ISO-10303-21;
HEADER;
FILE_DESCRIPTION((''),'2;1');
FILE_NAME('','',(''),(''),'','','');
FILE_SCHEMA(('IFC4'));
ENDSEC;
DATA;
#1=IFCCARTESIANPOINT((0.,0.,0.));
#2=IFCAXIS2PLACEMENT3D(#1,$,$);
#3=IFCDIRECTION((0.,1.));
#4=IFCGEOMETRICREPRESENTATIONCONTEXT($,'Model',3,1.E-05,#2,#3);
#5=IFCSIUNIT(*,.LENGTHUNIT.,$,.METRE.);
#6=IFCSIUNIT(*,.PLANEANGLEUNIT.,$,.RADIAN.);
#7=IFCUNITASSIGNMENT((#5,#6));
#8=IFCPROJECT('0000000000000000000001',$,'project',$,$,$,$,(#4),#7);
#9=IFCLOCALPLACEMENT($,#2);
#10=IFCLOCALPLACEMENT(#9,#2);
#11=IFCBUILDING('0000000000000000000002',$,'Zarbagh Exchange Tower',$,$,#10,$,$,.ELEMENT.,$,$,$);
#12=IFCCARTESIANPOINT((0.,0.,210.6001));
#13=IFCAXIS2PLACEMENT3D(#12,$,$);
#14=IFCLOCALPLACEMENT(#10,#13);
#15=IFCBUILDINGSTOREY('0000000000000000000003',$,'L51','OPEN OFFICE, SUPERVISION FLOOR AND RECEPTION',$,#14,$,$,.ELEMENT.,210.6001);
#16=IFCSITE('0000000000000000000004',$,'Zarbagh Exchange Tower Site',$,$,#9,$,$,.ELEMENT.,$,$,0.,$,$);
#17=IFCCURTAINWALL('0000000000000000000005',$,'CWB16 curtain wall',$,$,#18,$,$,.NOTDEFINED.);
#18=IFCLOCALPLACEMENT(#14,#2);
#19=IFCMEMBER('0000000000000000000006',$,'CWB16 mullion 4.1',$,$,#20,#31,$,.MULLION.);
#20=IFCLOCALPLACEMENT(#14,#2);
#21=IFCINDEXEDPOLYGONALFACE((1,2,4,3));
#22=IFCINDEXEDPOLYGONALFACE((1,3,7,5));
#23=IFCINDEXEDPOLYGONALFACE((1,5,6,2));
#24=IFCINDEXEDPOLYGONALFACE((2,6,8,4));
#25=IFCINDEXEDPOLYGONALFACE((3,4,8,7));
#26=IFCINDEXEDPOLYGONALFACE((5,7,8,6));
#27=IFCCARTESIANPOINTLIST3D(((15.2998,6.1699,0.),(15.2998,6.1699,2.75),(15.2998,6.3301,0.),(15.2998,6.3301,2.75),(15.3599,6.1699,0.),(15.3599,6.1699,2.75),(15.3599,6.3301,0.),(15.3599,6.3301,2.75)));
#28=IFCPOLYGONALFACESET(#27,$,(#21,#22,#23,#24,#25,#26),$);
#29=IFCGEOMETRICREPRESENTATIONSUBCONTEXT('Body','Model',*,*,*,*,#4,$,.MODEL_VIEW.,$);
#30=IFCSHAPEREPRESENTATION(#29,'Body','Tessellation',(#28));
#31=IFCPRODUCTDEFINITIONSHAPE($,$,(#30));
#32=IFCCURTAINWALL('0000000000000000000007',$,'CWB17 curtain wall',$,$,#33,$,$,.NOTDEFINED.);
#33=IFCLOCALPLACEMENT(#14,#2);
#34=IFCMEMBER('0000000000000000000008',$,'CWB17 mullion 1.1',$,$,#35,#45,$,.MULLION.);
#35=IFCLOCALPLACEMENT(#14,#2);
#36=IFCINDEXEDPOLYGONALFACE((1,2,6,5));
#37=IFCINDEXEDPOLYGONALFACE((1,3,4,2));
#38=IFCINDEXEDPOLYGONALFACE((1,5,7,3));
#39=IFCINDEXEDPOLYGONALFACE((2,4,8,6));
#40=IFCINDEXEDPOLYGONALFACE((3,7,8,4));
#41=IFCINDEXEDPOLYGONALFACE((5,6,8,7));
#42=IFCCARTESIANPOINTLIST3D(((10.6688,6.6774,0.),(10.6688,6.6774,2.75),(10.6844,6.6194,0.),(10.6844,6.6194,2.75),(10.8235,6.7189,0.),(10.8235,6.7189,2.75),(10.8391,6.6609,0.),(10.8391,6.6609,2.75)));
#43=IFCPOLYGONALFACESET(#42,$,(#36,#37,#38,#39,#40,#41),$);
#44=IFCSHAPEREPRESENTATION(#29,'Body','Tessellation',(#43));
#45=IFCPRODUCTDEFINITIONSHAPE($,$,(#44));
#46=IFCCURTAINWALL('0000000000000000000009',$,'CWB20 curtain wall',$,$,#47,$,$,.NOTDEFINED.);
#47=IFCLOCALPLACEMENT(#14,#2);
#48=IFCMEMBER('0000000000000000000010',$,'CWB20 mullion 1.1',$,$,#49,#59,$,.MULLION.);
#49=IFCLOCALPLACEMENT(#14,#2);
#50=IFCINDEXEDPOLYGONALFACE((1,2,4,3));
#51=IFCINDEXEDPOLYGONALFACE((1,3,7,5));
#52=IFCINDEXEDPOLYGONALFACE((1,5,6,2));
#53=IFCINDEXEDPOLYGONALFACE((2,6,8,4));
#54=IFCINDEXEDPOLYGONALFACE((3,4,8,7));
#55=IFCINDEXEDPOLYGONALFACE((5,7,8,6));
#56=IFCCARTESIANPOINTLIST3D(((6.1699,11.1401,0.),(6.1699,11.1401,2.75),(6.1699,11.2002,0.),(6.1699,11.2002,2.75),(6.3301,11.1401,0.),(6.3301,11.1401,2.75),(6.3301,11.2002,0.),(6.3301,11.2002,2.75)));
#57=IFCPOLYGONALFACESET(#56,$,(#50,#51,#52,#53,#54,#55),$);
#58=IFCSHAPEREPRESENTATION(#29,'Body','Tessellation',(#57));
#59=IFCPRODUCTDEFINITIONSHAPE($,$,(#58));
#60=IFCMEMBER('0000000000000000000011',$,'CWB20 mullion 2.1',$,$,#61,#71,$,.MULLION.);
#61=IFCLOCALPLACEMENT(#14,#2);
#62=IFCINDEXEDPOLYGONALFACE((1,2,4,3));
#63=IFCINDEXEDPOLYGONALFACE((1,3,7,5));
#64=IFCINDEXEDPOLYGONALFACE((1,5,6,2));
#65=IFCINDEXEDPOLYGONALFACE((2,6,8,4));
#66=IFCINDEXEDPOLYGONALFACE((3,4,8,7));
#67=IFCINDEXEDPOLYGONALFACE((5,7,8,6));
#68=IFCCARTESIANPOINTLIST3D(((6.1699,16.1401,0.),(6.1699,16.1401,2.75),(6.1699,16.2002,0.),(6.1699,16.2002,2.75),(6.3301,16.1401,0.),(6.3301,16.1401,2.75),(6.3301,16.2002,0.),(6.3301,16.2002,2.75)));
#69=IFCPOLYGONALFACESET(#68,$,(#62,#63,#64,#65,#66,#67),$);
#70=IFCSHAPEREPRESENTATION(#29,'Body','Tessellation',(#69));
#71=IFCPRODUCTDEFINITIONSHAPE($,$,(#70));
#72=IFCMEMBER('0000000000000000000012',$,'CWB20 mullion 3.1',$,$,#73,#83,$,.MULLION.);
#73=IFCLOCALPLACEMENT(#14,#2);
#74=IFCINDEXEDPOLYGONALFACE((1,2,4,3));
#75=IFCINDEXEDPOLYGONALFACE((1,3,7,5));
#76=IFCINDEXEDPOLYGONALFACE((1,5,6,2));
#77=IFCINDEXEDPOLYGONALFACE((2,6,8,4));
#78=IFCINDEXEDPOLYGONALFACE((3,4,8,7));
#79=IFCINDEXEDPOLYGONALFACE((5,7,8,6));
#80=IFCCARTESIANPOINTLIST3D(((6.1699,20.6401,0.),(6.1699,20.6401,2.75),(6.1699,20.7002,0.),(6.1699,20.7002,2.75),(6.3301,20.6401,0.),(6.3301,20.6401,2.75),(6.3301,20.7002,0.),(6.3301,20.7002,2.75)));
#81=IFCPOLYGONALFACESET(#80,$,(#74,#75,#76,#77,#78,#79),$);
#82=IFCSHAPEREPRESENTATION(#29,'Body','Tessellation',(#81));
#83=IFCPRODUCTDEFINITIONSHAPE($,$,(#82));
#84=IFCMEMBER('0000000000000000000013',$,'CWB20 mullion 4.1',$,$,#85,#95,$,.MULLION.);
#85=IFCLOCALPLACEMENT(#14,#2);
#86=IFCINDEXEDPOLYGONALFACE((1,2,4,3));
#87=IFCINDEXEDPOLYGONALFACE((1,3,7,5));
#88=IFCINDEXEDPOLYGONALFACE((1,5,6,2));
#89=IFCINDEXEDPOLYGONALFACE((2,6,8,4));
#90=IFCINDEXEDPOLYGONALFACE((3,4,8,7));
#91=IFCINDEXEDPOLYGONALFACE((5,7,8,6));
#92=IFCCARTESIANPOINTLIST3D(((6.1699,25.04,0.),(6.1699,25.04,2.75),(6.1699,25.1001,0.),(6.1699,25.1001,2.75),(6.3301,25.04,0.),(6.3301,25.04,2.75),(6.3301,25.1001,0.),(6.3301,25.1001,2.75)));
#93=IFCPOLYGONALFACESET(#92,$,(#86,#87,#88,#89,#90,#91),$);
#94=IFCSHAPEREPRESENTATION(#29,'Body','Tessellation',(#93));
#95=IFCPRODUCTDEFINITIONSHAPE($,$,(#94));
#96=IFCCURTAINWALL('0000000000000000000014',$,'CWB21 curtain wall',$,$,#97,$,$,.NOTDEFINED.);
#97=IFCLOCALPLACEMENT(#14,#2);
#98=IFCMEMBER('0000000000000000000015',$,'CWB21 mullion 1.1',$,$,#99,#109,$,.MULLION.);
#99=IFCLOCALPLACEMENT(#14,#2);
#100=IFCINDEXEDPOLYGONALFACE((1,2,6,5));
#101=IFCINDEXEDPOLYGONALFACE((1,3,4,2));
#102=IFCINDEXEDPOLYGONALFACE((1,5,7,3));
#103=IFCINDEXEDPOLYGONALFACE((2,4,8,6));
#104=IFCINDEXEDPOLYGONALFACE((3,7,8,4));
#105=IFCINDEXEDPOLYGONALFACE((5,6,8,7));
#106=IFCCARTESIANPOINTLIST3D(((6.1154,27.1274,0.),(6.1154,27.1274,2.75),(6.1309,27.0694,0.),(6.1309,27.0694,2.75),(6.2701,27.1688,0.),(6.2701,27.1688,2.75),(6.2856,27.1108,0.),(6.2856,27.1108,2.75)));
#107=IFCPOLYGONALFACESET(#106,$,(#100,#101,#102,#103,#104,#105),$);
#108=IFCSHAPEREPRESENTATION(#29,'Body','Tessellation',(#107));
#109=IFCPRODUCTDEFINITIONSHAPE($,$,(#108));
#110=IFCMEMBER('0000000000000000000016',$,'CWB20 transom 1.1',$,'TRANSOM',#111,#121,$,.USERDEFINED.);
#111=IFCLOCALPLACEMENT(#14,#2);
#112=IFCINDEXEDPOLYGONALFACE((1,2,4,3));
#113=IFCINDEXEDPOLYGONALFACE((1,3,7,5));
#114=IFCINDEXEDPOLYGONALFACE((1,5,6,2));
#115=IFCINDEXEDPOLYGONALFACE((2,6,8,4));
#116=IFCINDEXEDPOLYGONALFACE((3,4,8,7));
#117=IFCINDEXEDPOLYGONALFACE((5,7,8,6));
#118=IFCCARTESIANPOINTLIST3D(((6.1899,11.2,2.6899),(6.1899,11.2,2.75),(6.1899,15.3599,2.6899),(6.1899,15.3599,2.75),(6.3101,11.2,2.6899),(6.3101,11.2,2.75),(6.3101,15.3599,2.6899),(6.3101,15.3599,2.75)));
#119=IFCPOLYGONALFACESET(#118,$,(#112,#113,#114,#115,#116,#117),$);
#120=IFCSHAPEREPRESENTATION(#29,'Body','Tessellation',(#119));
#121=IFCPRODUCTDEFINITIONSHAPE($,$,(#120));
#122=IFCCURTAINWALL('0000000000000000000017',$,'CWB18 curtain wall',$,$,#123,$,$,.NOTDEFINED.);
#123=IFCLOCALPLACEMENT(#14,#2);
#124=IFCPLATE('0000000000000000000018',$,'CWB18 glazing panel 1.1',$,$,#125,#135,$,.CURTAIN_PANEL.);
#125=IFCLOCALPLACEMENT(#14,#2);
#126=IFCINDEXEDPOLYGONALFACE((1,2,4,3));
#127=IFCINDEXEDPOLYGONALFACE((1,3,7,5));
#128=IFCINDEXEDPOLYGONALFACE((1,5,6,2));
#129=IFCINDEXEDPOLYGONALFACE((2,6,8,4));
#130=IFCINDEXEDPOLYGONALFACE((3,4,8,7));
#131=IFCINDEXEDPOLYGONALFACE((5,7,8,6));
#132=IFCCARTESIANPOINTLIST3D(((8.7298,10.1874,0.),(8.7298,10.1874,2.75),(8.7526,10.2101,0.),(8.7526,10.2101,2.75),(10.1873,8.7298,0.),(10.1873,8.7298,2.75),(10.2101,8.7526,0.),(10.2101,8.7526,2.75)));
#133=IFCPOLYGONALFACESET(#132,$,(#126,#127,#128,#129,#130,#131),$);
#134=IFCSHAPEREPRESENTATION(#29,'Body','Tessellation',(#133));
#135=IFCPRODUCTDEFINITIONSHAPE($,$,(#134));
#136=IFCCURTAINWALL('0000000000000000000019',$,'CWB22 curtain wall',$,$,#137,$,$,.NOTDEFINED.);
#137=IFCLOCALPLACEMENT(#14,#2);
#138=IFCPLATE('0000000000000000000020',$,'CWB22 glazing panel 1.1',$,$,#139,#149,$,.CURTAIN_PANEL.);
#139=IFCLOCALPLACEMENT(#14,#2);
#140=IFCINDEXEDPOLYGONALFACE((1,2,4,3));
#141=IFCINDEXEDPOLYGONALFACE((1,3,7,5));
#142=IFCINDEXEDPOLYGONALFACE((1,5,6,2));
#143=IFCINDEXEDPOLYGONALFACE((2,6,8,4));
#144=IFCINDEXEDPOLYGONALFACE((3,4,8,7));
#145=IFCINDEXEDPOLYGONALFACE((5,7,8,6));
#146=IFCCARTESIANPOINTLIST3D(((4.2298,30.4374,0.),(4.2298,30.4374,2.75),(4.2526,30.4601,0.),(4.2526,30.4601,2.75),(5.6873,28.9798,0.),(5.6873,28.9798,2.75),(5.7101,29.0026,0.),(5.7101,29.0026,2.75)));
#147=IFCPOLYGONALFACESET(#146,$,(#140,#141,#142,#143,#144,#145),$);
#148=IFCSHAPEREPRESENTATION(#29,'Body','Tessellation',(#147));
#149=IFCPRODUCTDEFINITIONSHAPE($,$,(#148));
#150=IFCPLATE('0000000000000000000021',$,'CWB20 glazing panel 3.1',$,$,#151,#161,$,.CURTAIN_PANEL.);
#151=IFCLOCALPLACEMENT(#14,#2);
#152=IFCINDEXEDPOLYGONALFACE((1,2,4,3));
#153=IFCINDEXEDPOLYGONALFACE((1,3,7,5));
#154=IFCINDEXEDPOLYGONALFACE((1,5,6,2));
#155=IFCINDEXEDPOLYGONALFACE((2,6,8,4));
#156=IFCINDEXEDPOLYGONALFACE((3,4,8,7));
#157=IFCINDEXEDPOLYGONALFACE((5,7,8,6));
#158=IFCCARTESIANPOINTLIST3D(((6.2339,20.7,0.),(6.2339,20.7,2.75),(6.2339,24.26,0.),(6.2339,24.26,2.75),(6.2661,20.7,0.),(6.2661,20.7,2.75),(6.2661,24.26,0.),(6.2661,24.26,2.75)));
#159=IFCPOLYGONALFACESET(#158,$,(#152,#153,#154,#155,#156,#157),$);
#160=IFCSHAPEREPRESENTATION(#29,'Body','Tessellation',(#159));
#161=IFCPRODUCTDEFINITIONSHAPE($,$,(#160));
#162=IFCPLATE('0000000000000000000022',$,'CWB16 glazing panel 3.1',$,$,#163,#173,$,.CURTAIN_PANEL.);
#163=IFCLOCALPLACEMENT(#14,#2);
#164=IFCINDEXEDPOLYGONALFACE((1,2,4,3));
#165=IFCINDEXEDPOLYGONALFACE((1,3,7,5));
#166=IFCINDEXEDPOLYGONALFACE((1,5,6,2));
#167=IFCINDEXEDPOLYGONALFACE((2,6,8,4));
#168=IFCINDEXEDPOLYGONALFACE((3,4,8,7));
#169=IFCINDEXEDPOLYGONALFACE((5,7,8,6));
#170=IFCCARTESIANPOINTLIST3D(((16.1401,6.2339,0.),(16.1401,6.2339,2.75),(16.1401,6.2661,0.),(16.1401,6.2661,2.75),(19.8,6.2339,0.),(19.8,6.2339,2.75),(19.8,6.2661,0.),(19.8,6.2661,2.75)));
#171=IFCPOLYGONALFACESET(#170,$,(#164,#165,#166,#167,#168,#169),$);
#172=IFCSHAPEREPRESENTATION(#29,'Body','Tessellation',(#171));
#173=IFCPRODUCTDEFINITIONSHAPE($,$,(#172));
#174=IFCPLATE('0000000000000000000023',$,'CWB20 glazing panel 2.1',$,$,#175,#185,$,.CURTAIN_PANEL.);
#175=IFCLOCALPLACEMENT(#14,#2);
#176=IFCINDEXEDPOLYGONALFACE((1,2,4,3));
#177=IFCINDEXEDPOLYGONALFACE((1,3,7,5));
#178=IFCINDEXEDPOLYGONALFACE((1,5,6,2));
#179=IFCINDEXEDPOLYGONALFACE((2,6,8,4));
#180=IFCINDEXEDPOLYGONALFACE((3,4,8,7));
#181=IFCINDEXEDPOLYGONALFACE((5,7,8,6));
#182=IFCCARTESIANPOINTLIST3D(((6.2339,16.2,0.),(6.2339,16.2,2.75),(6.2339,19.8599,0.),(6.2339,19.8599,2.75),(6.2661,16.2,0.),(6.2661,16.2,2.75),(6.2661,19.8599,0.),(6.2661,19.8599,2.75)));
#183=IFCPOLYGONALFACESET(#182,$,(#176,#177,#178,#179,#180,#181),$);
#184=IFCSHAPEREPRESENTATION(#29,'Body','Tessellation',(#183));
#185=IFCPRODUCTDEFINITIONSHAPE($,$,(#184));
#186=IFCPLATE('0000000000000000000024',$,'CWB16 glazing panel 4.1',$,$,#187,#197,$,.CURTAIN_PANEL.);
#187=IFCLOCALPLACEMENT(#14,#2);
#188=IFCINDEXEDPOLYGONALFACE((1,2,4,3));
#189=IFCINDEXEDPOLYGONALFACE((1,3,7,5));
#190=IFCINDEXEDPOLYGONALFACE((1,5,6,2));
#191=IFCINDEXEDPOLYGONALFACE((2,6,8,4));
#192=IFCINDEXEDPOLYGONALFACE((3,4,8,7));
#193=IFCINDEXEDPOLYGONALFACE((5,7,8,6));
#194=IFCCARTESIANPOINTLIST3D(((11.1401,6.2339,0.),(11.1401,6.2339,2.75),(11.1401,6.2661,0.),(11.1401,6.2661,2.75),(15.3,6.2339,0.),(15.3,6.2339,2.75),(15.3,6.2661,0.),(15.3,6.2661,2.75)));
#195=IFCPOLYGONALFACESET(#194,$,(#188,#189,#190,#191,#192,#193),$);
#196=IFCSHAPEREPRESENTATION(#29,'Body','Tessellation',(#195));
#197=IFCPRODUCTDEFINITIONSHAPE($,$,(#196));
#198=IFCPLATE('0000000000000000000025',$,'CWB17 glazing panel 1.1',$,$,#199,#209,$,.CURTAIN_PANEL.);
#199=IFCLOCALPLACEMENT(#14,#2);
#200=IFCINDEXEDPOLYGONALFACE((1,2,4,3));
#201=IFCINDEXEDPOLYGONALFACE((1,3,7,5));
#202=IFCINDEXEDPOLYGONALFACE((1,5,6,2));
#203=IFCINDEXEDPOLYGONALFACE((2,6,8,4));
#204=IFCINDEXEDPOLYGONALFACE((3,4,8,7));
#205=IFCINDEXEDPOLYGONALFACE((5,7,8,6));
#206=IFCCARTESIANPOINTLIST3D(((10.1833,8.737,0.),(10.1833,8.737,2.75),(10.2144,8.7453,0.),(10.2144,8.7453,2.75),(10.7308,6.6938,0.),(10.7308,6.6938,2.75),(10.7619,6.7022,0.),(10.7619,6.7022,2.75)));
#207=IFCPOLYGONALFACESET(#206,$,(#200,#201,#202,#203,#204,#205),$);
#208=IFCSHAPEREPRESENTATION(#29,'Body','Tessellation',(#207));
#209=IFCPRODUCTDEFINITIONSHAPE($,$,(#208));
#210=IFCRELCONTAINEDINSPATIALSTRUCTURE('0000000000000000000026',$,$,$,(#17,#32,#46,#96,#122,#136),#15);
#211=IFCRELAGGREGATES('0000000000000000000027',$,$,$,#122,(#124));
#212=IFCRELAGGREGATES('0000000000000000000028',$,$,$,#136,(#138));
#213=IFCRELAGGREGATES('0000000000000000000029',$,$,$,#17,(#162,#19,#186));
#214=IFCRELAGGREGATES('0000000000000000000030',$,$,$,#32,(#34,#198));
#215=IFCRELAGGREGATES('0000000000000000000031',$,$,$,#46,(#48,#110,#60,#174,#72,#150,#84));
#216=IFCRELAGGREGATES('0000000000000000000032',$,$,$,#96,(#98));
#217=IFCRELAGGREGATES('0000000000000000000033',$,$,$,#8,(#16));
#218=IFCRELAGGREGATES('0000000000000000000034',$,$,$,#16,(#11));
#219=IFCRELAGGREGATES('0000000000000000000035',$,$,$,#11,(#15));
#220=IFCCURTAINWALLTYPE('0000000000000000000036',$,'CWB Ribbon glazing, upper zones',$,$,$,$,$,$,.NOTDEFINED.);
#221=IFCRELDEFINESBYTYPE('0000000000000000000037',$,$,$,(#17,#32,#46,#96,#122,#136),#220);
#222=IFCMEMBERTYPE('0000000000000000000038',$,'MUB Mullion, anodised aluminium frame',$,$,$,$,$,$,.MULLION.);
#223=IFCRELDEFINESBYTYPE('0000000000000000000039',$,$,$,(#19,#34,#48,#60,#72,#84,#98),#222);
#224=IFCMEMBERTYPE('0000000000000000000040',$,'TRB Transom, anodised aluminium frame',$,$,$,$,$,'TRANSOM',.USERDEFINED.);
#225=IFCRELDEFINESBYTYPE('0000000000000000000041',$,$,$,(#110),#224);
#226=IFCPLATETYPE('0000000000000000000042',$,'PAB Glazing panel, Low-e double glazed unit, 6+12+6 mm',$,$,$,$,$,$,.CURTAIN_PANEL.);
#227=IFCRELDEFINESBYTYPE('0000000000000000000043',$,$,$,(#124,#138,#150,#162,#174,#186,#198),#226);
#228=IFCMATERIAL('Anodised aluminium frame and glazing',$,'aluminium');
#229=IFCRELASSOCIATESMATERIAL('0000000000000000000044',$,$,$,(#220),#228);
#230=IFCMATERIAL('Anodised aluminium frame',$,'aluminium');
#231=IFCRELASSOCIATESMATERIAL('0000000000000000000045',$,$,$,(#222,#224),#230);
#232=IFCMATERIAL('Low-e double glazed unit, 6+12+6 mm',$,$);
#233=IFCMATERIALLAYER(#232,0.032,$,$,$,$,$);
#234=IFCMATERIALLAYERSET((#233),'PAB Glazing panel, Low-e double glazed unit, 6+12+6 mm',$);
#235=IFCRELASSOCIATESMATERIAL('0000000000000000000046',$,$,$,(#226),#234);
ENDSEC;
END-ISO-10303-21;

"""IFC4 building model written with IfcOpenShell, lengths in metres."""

from ifc_helpers import new_model, si_unit, direction, frame, origin, place, context, subcontext, project, spatial, polyline, outline, extrude, source, transform, mapped, material, layer, layer_set, type_object, element, aggregate, save


model = new_model("IFC4")

# Units and contexts
model_context = context("Model", 3, precision=1e-05, world=origin(), true_north=direction((0.0, 1.0)))
body_context = subcontext(model_context, "Body", "Model", "MODEL_VIEW")
ifc_project = project(units=[si_unit("LENGTHUNIT", "METRE"), si_unit("PLANEANGLEUNIT", "RADIAN")], contexts=[model_context])

# Site, building, storey
site_placement = place(None, origin())
site = spatial("IfcSite", under=ifc_project, at=site_placement, Name="Zarbagh Exchange Tower Site", CompositionType="ELEMENT", RefElevation=0.0)
building_placement = place(site_placement, origin())
building = spatial("IfcBuilding", under=site, at=building_placement, Name="Zarbagh Exchange Tower", CompositionType="ELEMENT")
storey_placement = place(building_placement, frame((0.0, 0.0, 210.6001)))
storey = spatial("IfcBuildingStorey", under=building, at=storey_placement, Name="L51", Description="OPEN OFFICE, SUPERVISION FLOOR AND RECEPTION", CompositionType="ELEMENT", Elevation=210.6001)

# Curtain walls, members
ifc_material_1 = material(Name="Anodised aluminium frame and glazing", Category="aluminium")
curtain_wall_type = type_object("IfcCurtainWallType", Name="CWB Ribbon glazing, upper zones", PredefinedType="NOTDEFINED", material=ifc_material_1)
curtain_wall_1_placement = place(storey_placement, origin())
curtain_wall_1 = element("IfcCurtainWall", 1, at=curtain_wall_1_placement, inside=storey, type_object=curtain_wall_type, Name="CWB16 curtain wall", PredefinedType="NOTDEFINED")
ifc_material_2 = material(Name="Anodised aluminium frame", Category="aluminium")
member_type_1 = type_object("IfcMemberType", Name="MUB Mullion, anodised aluminium frame", PredefinedType="MULLION", material=ifc_material_2)
shared_shape_1 = source(origin(), body_context, "Body", "SweptSolid", [
    extrude(outline(polyline([(0.0, -0.0801), (0.0601, -0.0801), (0.0601, 0.0801), (0.0, 0.0801), (0.0, -0.0801)])), origin(), (0.0, 0.0, 1.0), 2.75),
])
placement = place(storey_placement, origin())
member_1 = element("IfcMember", 2, at=placement, type_object=member_type_1, Name="CWB16 mullion 4.1", PredefinedType="MULLION", context=body_context, shape_type="MappedRepresentation", body=[
    mapped(shared_shape_1, transform((15.3599, 6.25, 0.0), x_axis=(-1.0, 0.0, 0.0), y_axis=(0.0, -1.0, 0.0), z_axis=(0.0, 0.0, 1.0))),
])
curtain_wall_2_placement = place(storey_placement, origin())
curtain_wall_2 = element("IfcCurtainWall", 3, at=curtain_wall_2_placement, inside=storey, type_object=curtain_wall_type, Name="CWB17 curtain wall", PredefinedType="NOTDEFINED")
member_2 = element("IfcMember", 4, at=placement, type_object=member_type_1, Name="CWB17 mullion 1.1", PredefinedType="MULLION", context=body_context, shape_type="MappedRepresentation", body=[
    mapped(shared_shape_1, transform((10.7617, 6.6401, 0.0), x_axis=(-0.258825, 0.965924, 0.0), y_axis=(-0.965924, -0.258825, 0.0), z_axis=(0.0, 0.0, 1.0))),
])

# Curtain wall, members
curtain_wall_3_placement = place(storey_placement, origin())
curtain_wall_3 = element("IfcCurtainWall", 5, at=curtain_wall_3_placement, inside=storey, type_object=curtain_wall_type, Name="CWB20 curtain wall", PredefinedType="NOTDEFINED")
member_3 = element("IfcMember", 6, at=placement, type_object=member_type_1, Name="CWB20 mullion 1.1", PredefinedType="MULLION", context=body_context, shape_type="MappedRepresentation", body=[
    mapped(shared_shape_1, transform((6.25, 11.1401, 0.0), x_axis=(0.0, 1.0, 0.0), y_axis=(-1.0, 0.0, 0.0), z_axis=(0.0, 0.0, 1.0))),
])
member_4 = element("IfcMember", 7, at=placement, type_object=member_type_1, Name="CWB20 mullion 2.1", PredefinedType="MULLION", context=body_context, shape_type="MappedRepresentation", body=[
    mapped(shared_shape_1, transform((6.25, 16.1401, 0.0), x_axis=(0.0, 1.0, 0.0), y_axis=(-1.0, 0.0, 0.0), z_axis=(0.0, 0.0, 1.0))),
])
member_5 = element("IfcMember", 8, at=placement, type_object=member_type_1, Name="CWB20 mullion 3.1", PredefinedType="MULLION", context=body_context, shape_type="MappedRepresentation", body=[
    mapped(shared_shape_1, transform((6.25, 20.6401, 0.0), x_axis=(0.0, 1.0, 0.0), y_axis=(-1.0, 0.0, 0.0), z_axis=(0.0, 0.0, 1.0))),
])
member_6 = element("IfcMember", 9, at=placement, type_object=member_type_1, Name="CWB20 mullion 4.1", PredefinedType="MULLION", context=body_context, shape_type="MappedRepresentation", body=[
    mapped(shared_shape_1, transform((6.25, 25.04, 0.0), x_axis=(0.0, 1.0, 0.0), y_axis=(-1.0, 0.0, 0.0), z_axis=(0.0, 0.0, 1.0))),
])

# Curtain wall, member
curtain_wall_4_placement = place(storey_placement, origin())
curtain_wall_4 = element("IfcCurtainWall", 10, at=curtain_wall_4_placement, inside=storey, type_object=curtain_wall_type, Name="CWB21 curtain wall", PredefinedType="NOTDEFINED")
member_7 = element("IfcMember", 11, at=placement, type_object=member_type_1, Name="CWB21 mullion 1.1", PredefinedType="MULLION", context=body_context, shape_type="MappedRepresentation", body=[
    mapped(shared_shape_1, transform((6.2083, 27.0901, 0.0), x_axis=(-0.258825, 0.965924, 0.0), y_axis=(-0.965924, -0.258825, 0.0), z_axis=(0.0, 0.0, 1.0))),
])

# Member
member_type_2 = type_object("IfcMemberType", Name="TRB Transom, anodised aluminium frame", ElementType="TRANSOM", PredefinedType="USERDEFINED", material=ifc_material_2)
shared_shape_2 = source(origin(), body_context, "Body", "SweptSolid", [
    extrude(outline(polyline([(-0.0601, -0.0601), (0.0, -0.0601), (0.0, 0.0601), (-0.0601, 0.0601), (-0.0601, -0.0601)])), origin(), (0.0, 0.0, 1.0), 4.1599),
])
member_8 = element("IfcMember", 12, at=placement, type_object=member_type_2, Name="CWB20 transom 1.1", ObjectType="TRANSOM", PredefinedType="USERDEFINED", context=body_context, shape_type="MappedRepresentation", body=[
    mapped(shared_shape_2, transform((6.25, 11.2, 2.75), x_axis=(0.0, 0.0, 1.0), y_axis=(1.0, 0.0, 0.0), z_axis=(0.0, 1.0, 0.0))),
])

# Curtain walls, plates
curtain_wall_5_placement = place(storey_placement, origin())
curtain_wall_5 = element("IfcCurtainWall", 13, at=curtain_wall_5_placement, inside=storey, type_object=curtain_wall_type, Name="CWB18 curtain wall", PredefinedType="NOTDEFINED")
ifc_material_3 = material(Name="Low-e double glazed unit, 6+12+6 mm")
ifc_layer_1 = layer(ifc_material_3, 0.032)
ifc_layer_set_1 = layer_set([ifc_layer_1], Name="PAB Glazing panel, Low-e double glazed unit, 6+12+6 mm")
plate_type = type_object("IfcPlateType", Name="PAB Glazing panel, Low-e double glazed unit, 6+12+6 mm", PredefinedType="CURTAIN_PANEL", material=ifc_layer_set_1)
shared_shape_3 = source(origin(), body_context, "Body", "SweptSolid", [
    extrude(outline(polyline([(0.0, -0.0161), (2.0613, -0.0161), (2.0613, 0.0161), (0.0, 0.0161), (0.0, -0.0161)])), origin(), (0.0, 0.0, 1.0), 2.75),
])
plate_1 = element("IfcPlate", 14, at=placement, type_object=plate_type, Name="CWB18 glazing panel 1.1", PredefinedType="CURTAIN_PANEL", context=body_context, shape_type="MappedRepresentation", body=[
    mapped(shared_shape_3, transform((10.1987, 8.7412, 0.0), x_axis=(-0.707107, 0.707107, 0.0), y_axis=(-0.707107, -0.707107, 0.0), z_axis=(0.0, 0.0, 1.0))),
])
aggregate(curtain_wall_5, [plate_1])
curtain_wall_6_placement = place(storey_placement, origin())
curtain_wall_6 = element("IfcCurtainWall", 15, at=curtain_wall_6_placement, inside=storey, type_object=curtain_wall_type, Name="CWB22 curtain wall", PredefinedType="NOTDEFINED")
plate_2 = element("IfcPlate", 16, at=placement, type_object=plate_type, Name="CWB22 glazing panel 1.1", PredefinedType="CURTAIN_PANEL", context=body_context, shape_type="MappedRepresentation", body=[
    mapped(shared_shape_3, transform((5.6987, 28.9912, 0.0), x_axis=(-0.707107, 0.707107, 0.0), y_axis=(-0.707107, -0.707107, 0.0), z_axis=(0.0, 0.0, 1.0))),
])
aggregate(curtain_wall_6, [plate_2])

# Plates
shared_shape_4 = source(origin(), body_context, "Body", "SweptSolid", [
    extrude(outline(polyline([(0.0, -0.0161), (3.5601, -0.0161), (3.5601, 0.0161), (0.0, 0.0161), (0.0, -0.0161)])), origin(), (0.0, 0.0, 1.0), 2.75),
])
plate_3 = element("IfcPlate", 17, at=placement, type_object=plate_type, Name="CWB20 glazing panel 3.1", PredefinedType="CURTAIN_PANEL", context=body_context, shape_type="MappedRepresentation", body=[
    mapped(shared_shape_4, transform((6.25, 20.7, 0.0), x_axis=(0.0, 1.0, 0.0), y_axis=(-1.0, 0.0, 0.0), z_axis=(0.0, 0.0, 1.0))),
])
shared_shape_5 = source(origin(), body_context, "Body", "SweptSolid", [
    extrude(outline(polyline([(0.0, -0.0161), (3.6599, -0.0161), (3.6599, 0.0161), (0.0, 0.0161), (0.0, -0.0161)])), origin(), (0.0, 0.0, 1.0), 2.75),
])
plate_4 = element("IfcPlate", 18, at=placement, type_object=plate_type, Name="CWB16 glazing panel 3.1", PredefinedType="CURTAIN_PANEL", context=body_context, shape_type="MappedRepresentation", body=[
    mapped(shared_shape_5, transform((19.8, 6.25, 0.0), x_axis=(-1.0, 0.0, 0.0), y_axis=(0.0, -1.0, 0.0), z_axis=(0.0, 0.0, 1.0))),
])
plate_5 = element("IfcPlate", 19, at=placement, type_object=plate_type, Name="CWB20 glazing panel 2.1", PredefinedType="CURTAIN_PANEL", context=body_context, shape_type="MappedRepresentation", body=[
    mapped(shared_shape_5, transform((6.25, 16.2, 0.0), x_axis=(0.0, 1.0, 0.0), y_axis=(-1.0, 0.0, 0.0), z_axis=(0.0, 0.0, 1.0))),
])
shared_shape_6 = source(origin(), body_context, "Body", "SweptSolid", [
    extrude(outline(polyline([(0.0, -0.0161), (4.1599, -0.0161), (4.1599, 0.0161), (0.0, 0.0161), (0.0, -0.0161)])), origin(), (0.0, 0.0, 1.0), 2.75),
])
plate_6 = element("IfcPlate", 20, at=placement, type_object=plate_type, Name="CWB16 glazing panel 4.1", PredefinedType="CURTAIN_PANEL", context=body_context, shape_type="MappedRepresentation", body=[
    mapped(shared_shape_6, transform((15.3, 6.25, 0.0), x_axis=(-1.0, 0.0, 0.0), y_axis=(0.0, -1.0, 0.0), z_axis=(0.0, 0.0, 1.0))),
])
aggregate(curtain_wall_1, [plate_4, member_1, plate_6])
shared_shape_7 = source(origin(), body_context, "Body", "SweptSolid", [
    extrude(outline(polyline([(0.0, -0.0161), (2.1152, -0.0161), (2.1152, 0.0161), (0.0, 0.0161), (0.0, -0.0161)])), origin(), (0.0, 0.0, 1.0), 2.75),
])
plate_7 = element("IfcPlate", 21, at=placement, type_object=plate_type, Name="CWB17 glazing panel 1.1", PredefinedType="CURTAIN_PANEL", context=body_context, shape_type="MappedRepresentation", body=[
    mapped(shared_shape_7, transform((10.7463, 6.698, 0.0), x_axis=(-0.258825, 0.965924, 0.0), y_axis=(-0.965924, -0.258825, 0.0), z_axis=(0.0, 0.0, 1.0))),
])
aggregate(curtain_wall_2, [member_2, plate_7])

aggregate(curtain_wall_3, [member_3, member_8, member_4, plate_5, member_5, plate_3, member_6])
aggregate(curtain_wall_4, [member_7])

save(model, "model.ifc")
